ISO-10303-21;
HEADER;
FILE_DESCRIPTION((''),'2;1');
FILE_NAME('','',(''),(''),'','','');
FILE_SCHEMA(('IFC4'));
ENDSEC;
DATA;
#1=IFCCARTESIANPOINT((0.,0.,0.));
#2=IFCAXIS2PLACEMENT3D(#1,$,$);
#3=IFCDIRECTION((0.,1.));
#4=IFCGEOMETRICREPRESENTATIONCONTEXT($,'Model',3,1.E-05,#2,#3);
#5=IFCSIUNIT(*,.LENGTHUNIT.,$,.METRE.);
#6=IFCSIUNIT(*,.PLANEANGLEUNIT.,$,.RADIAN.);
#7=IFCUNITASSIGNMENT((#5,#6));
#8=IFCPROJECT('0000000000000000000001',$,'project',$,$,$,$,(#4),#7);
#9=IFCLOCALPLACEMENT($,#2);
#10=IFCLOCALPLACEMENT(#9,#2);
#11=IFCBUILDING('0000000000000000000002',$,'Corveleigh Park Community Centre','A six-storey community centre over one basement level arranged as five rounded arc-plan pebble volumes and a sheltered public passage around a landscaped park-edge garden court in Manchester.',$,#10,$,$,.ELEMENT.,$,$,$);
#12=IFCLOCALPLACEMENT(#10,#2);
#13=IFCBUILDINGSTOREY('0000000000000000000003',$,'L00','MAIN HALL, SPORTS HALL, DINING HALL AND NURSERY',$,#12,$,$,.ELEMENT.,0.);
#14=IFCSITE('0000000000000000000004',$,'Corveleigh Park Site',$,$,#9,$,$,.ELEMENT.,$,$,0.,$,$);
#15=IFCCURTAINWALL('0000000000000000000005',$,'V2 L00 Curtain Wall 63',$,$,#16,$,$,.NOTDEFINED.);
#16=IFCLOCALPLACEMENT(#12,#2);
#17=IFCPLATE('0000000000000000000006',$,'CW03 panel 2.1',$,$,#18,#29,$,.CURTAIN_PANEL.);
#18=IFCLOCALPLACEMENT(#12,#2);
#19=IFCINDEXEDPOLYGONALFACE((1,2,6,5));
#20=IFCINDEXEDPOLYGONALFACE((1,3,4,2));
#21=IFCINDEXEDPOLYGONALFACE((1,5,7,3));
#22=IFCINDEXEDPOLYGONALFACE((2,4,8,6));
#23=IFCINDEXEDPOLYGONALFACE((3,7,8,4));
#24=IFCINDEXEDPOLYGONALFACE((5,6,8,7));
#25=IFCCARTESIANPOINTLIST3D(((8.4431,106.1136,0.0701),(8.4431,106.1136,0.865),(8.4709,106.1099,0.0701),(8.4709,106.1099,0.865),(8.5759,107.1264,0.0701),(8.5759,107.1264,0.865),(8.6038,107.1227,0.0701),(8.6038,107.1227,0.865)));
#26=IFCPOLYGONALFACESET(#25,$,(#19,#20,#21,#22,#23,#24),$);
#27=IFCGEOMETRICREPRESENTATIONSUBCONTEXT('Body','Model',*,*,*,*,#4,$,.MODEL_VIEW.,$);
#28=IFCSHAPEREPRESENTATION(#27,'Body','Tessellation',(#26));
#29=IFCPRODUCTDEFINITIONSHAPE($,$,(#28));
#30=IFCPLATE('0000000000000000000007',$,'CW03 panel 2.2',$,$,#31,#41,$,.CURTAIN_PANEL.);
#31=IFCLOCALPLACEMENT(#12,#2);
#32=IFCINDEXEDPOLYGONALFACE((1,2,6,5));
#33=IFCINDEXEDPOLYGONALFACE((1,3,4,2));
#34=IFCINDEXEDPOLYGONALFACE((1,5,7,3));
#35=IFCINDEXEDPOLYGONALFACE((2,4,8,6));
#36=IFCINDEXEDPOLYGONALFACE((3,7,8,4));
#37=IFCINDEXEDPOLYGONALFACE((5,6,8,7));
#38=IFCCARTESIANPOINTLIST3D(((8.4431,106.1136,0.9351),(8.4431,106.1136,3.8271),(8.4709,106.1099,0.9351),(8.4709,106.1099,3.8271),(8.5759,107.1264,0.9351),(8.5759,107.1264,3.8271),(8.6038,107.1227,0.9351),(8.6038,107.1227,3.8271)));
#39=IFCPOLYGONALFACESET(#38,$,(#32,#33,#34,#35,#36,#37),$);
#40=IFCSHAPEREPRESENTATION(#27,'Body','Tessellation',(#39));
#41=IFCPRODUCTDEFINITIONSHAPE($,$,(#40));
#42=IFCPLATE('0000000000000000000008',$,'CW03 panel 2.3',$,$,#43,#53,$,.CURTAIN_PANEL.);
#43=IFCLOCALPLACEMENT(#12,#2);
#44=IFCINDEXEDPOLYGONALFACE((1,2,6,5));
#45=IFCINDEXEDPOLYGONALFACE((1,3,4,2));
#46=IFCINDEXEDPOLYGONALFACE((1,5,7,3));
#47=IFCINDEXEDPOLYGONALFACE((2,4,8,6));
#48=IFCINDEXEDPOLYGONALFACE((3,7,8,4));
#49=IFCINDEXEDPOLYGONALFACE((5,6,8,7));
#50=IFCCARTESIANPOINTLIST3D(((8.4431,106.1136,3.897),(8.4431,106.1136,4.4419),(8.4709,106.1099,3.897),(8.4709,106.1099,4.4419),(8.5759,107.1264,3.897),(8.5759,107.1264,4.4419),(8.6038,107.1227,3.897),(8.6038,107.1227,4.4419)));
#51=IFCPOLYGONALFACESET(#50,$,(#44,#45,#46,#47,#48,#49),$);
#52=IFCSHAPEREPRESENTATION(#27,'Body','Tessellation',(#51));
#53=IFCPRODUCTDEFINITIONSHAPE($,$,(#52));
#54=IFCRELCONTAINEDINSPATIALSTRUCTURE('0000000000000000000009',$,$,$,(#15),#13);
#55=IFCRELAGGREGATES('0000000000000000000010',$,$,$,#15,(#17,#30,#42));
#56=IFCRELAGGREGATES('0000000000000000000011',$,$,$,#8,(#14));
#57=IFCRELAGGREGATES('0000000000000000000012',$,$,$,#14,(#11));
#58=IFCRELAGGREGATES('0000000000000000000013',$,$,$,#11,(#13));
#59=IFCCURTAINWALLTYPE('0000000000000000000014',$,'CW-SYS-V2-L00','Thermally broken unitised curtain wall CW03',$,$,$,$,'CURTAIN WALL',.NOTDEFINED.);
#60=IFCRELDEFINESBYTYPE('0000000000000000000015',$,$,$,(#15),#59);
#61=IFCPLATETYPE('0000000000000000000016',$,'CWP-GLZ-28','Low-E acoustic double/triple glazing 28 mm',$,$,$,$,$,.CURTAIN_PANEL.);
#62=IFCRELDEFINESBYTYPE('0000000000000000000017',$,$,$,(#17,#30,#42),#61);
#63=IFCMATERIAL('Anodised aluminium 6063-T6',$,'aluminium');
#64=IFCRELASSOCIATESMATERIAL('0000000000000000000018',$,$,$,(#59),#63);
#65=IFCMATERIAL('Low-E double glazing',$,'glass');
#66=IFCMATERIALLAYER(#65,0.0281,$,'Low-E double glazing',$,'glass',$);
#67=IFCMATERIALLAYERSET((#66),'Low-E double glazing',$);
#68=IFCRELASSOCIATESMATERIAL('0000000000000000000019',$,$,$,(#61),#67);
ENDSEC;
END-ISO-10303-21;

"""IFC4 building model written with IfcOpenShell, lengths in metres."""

from ifc_helpers import new_model, si_unit, direction, frame, origin, origin_2d, place, context, subcontext, project, spatial, rectangle, extrude, material, layer, layer_set, type_object, element, aggregate, save


model = new_model("IFC4")

# Units and contexts
model_context = context("Model", 3, precision=1e-05, world=origin(), true_north=direction((0.0, 1.0)))
body_context = subcontext(model_context, "Body", "Model", "MODEL_VIEW")
ifc_project = project(units=[si_unit("LENGTHUNIT", "METRE"), si_unit("PLANEANGLEUNIT", "RADIAN")], contexts=[model_context])

# Site, building, storey
site_placement = place(None, origin())
site = spatial("IfcSite", under=ifc_project, at=site_placement, Name="Corveleigh Park Site", CompositionType="ELEMENT", RefElevation=0.0)
building_placement = place(site_placement, origin())
building = spatial("IfcBuilding", under=site, at=building_placement, Name="Corveleigh Park Community Centre", Description="A six-storey community centre over one basement level arranged as five rounded arc-plan pebble volumes and a sheltered public passage around a landscaped park-edge garden court in Manchester.", CompositionType="ELEMENT")
storey_placement = place(building_placement, origin())
storey = spatial("IfcBuildingStorey", under=building, at=storey_placement, Name="L00", Description="MAIN HALL, SPORTS HALL, DINING HALL AND NURSERY", CompositionType="ELEMENT", Elevation=0.0)

# Shared definitions
ifc_material_1 = material(Name="Anodised aluminium 6063-T6", Category="aluminium")
curtain_wall_type = type_object("IfcCurtainWallType", Name="CW-SYS-V2-L00", Description="Thermally broken unitised curtain wall CW03", ElementType="CURTAIN WALL", PredefinedType="NOTDEFINED", material=ifc_material_1)

# Curtain wall
curtain_wall_1_placement = place(storey_placement, origin())
curtain_wall_1 = element("IfcCurtainWall", 1, at=curtain_wall_1_placement, inside=storey, type_object=curtain_wall_type, Name="V2 L00 Curtain Wall 63", PredefinedType="NOTDEFINED")

# Plates
ifc_material_2 = material(Name="Low-E double glazing", Category="glass")
ifc_layer_1 = layer(ifc_material_2, 0.0281, Name="Low-E double glazing", Category="glass")
ifc_layer_set_1 = layer_set([ifc_layer_1], Name="Low-E double glazing")
plate_type_1 = type_object("IfcPlateType", Name="CWP-GLZ-28", Description="Low-E acoustic double/triple glazing 28 mm", PredefinedType="CURTAIN_PANEL", material=ifc_layer_set_1)
plate_1_placement = place(storey_placement, frame((8.5234, 106.6182, 0.0701), z_axis=(0.0, 0.0, 1.0), x_axis=(0.130041, 0.991509, 0.0)))
plate_1 = element("IfcPlate", 2, at=plate_1_placement, type_object=plate_type_1, Name="CW03 panel 2.1", PredefinedType="CURTAIN_PANEL", context=body_context, shape_type="SweptSolid", body=[
    extrude(rectangle(XDim=1.0215, YDim=0.0281, at=origin_2d()), origin(), (0.0, 0.0, 1.0), 0.7949),
])
plate_2_placement = place(storey_placement, frame((8.5234, 106.6182, 0.9351), z_axis=(0.0, 0.0, 1.0), x_axis=(0.130041, 0.991509, 0.0)))
plate_2 = element("IfcPlate", 3, at=plate_2_placement, type_object=plate_type_1, Name="CW03 panel 2.2", PredefinedType="CURTAIN_PANEL", context=body_context, shape_type="SweptSolid", body=[
    extrude(rectangle(XDim=1.0215, YDim=0.0281, at=origin_2d()), origin(), (0.0, 0.0, 1.0), 2.8921),
])
plate_3_placement = place(storey_placement, frame((8.5234, 106.6182, 3.897), z_axis=(0.0, 0.0, 1.0), x_axis=(0.130041, 0.991509, 0.0)))
plate_3 = element("IfcPlate", 4, at=plate_3_placement, type_object=plate_type_1, Name="CW03 panel 2.3", PredefinedType="CURTAIN_PANEL", context=body_context, shape_type="SweptSolid", body=[
    extrude(rectangle(XDim=1.0215, YDim=0.0281, at=origin_2d()), origin(), (0.0, 0.0, 1.0), 0.5449),
])
aggregate(curtain_wall_1, [plate_1, plate_2, plate_3])

save(model, "model.ifc")
